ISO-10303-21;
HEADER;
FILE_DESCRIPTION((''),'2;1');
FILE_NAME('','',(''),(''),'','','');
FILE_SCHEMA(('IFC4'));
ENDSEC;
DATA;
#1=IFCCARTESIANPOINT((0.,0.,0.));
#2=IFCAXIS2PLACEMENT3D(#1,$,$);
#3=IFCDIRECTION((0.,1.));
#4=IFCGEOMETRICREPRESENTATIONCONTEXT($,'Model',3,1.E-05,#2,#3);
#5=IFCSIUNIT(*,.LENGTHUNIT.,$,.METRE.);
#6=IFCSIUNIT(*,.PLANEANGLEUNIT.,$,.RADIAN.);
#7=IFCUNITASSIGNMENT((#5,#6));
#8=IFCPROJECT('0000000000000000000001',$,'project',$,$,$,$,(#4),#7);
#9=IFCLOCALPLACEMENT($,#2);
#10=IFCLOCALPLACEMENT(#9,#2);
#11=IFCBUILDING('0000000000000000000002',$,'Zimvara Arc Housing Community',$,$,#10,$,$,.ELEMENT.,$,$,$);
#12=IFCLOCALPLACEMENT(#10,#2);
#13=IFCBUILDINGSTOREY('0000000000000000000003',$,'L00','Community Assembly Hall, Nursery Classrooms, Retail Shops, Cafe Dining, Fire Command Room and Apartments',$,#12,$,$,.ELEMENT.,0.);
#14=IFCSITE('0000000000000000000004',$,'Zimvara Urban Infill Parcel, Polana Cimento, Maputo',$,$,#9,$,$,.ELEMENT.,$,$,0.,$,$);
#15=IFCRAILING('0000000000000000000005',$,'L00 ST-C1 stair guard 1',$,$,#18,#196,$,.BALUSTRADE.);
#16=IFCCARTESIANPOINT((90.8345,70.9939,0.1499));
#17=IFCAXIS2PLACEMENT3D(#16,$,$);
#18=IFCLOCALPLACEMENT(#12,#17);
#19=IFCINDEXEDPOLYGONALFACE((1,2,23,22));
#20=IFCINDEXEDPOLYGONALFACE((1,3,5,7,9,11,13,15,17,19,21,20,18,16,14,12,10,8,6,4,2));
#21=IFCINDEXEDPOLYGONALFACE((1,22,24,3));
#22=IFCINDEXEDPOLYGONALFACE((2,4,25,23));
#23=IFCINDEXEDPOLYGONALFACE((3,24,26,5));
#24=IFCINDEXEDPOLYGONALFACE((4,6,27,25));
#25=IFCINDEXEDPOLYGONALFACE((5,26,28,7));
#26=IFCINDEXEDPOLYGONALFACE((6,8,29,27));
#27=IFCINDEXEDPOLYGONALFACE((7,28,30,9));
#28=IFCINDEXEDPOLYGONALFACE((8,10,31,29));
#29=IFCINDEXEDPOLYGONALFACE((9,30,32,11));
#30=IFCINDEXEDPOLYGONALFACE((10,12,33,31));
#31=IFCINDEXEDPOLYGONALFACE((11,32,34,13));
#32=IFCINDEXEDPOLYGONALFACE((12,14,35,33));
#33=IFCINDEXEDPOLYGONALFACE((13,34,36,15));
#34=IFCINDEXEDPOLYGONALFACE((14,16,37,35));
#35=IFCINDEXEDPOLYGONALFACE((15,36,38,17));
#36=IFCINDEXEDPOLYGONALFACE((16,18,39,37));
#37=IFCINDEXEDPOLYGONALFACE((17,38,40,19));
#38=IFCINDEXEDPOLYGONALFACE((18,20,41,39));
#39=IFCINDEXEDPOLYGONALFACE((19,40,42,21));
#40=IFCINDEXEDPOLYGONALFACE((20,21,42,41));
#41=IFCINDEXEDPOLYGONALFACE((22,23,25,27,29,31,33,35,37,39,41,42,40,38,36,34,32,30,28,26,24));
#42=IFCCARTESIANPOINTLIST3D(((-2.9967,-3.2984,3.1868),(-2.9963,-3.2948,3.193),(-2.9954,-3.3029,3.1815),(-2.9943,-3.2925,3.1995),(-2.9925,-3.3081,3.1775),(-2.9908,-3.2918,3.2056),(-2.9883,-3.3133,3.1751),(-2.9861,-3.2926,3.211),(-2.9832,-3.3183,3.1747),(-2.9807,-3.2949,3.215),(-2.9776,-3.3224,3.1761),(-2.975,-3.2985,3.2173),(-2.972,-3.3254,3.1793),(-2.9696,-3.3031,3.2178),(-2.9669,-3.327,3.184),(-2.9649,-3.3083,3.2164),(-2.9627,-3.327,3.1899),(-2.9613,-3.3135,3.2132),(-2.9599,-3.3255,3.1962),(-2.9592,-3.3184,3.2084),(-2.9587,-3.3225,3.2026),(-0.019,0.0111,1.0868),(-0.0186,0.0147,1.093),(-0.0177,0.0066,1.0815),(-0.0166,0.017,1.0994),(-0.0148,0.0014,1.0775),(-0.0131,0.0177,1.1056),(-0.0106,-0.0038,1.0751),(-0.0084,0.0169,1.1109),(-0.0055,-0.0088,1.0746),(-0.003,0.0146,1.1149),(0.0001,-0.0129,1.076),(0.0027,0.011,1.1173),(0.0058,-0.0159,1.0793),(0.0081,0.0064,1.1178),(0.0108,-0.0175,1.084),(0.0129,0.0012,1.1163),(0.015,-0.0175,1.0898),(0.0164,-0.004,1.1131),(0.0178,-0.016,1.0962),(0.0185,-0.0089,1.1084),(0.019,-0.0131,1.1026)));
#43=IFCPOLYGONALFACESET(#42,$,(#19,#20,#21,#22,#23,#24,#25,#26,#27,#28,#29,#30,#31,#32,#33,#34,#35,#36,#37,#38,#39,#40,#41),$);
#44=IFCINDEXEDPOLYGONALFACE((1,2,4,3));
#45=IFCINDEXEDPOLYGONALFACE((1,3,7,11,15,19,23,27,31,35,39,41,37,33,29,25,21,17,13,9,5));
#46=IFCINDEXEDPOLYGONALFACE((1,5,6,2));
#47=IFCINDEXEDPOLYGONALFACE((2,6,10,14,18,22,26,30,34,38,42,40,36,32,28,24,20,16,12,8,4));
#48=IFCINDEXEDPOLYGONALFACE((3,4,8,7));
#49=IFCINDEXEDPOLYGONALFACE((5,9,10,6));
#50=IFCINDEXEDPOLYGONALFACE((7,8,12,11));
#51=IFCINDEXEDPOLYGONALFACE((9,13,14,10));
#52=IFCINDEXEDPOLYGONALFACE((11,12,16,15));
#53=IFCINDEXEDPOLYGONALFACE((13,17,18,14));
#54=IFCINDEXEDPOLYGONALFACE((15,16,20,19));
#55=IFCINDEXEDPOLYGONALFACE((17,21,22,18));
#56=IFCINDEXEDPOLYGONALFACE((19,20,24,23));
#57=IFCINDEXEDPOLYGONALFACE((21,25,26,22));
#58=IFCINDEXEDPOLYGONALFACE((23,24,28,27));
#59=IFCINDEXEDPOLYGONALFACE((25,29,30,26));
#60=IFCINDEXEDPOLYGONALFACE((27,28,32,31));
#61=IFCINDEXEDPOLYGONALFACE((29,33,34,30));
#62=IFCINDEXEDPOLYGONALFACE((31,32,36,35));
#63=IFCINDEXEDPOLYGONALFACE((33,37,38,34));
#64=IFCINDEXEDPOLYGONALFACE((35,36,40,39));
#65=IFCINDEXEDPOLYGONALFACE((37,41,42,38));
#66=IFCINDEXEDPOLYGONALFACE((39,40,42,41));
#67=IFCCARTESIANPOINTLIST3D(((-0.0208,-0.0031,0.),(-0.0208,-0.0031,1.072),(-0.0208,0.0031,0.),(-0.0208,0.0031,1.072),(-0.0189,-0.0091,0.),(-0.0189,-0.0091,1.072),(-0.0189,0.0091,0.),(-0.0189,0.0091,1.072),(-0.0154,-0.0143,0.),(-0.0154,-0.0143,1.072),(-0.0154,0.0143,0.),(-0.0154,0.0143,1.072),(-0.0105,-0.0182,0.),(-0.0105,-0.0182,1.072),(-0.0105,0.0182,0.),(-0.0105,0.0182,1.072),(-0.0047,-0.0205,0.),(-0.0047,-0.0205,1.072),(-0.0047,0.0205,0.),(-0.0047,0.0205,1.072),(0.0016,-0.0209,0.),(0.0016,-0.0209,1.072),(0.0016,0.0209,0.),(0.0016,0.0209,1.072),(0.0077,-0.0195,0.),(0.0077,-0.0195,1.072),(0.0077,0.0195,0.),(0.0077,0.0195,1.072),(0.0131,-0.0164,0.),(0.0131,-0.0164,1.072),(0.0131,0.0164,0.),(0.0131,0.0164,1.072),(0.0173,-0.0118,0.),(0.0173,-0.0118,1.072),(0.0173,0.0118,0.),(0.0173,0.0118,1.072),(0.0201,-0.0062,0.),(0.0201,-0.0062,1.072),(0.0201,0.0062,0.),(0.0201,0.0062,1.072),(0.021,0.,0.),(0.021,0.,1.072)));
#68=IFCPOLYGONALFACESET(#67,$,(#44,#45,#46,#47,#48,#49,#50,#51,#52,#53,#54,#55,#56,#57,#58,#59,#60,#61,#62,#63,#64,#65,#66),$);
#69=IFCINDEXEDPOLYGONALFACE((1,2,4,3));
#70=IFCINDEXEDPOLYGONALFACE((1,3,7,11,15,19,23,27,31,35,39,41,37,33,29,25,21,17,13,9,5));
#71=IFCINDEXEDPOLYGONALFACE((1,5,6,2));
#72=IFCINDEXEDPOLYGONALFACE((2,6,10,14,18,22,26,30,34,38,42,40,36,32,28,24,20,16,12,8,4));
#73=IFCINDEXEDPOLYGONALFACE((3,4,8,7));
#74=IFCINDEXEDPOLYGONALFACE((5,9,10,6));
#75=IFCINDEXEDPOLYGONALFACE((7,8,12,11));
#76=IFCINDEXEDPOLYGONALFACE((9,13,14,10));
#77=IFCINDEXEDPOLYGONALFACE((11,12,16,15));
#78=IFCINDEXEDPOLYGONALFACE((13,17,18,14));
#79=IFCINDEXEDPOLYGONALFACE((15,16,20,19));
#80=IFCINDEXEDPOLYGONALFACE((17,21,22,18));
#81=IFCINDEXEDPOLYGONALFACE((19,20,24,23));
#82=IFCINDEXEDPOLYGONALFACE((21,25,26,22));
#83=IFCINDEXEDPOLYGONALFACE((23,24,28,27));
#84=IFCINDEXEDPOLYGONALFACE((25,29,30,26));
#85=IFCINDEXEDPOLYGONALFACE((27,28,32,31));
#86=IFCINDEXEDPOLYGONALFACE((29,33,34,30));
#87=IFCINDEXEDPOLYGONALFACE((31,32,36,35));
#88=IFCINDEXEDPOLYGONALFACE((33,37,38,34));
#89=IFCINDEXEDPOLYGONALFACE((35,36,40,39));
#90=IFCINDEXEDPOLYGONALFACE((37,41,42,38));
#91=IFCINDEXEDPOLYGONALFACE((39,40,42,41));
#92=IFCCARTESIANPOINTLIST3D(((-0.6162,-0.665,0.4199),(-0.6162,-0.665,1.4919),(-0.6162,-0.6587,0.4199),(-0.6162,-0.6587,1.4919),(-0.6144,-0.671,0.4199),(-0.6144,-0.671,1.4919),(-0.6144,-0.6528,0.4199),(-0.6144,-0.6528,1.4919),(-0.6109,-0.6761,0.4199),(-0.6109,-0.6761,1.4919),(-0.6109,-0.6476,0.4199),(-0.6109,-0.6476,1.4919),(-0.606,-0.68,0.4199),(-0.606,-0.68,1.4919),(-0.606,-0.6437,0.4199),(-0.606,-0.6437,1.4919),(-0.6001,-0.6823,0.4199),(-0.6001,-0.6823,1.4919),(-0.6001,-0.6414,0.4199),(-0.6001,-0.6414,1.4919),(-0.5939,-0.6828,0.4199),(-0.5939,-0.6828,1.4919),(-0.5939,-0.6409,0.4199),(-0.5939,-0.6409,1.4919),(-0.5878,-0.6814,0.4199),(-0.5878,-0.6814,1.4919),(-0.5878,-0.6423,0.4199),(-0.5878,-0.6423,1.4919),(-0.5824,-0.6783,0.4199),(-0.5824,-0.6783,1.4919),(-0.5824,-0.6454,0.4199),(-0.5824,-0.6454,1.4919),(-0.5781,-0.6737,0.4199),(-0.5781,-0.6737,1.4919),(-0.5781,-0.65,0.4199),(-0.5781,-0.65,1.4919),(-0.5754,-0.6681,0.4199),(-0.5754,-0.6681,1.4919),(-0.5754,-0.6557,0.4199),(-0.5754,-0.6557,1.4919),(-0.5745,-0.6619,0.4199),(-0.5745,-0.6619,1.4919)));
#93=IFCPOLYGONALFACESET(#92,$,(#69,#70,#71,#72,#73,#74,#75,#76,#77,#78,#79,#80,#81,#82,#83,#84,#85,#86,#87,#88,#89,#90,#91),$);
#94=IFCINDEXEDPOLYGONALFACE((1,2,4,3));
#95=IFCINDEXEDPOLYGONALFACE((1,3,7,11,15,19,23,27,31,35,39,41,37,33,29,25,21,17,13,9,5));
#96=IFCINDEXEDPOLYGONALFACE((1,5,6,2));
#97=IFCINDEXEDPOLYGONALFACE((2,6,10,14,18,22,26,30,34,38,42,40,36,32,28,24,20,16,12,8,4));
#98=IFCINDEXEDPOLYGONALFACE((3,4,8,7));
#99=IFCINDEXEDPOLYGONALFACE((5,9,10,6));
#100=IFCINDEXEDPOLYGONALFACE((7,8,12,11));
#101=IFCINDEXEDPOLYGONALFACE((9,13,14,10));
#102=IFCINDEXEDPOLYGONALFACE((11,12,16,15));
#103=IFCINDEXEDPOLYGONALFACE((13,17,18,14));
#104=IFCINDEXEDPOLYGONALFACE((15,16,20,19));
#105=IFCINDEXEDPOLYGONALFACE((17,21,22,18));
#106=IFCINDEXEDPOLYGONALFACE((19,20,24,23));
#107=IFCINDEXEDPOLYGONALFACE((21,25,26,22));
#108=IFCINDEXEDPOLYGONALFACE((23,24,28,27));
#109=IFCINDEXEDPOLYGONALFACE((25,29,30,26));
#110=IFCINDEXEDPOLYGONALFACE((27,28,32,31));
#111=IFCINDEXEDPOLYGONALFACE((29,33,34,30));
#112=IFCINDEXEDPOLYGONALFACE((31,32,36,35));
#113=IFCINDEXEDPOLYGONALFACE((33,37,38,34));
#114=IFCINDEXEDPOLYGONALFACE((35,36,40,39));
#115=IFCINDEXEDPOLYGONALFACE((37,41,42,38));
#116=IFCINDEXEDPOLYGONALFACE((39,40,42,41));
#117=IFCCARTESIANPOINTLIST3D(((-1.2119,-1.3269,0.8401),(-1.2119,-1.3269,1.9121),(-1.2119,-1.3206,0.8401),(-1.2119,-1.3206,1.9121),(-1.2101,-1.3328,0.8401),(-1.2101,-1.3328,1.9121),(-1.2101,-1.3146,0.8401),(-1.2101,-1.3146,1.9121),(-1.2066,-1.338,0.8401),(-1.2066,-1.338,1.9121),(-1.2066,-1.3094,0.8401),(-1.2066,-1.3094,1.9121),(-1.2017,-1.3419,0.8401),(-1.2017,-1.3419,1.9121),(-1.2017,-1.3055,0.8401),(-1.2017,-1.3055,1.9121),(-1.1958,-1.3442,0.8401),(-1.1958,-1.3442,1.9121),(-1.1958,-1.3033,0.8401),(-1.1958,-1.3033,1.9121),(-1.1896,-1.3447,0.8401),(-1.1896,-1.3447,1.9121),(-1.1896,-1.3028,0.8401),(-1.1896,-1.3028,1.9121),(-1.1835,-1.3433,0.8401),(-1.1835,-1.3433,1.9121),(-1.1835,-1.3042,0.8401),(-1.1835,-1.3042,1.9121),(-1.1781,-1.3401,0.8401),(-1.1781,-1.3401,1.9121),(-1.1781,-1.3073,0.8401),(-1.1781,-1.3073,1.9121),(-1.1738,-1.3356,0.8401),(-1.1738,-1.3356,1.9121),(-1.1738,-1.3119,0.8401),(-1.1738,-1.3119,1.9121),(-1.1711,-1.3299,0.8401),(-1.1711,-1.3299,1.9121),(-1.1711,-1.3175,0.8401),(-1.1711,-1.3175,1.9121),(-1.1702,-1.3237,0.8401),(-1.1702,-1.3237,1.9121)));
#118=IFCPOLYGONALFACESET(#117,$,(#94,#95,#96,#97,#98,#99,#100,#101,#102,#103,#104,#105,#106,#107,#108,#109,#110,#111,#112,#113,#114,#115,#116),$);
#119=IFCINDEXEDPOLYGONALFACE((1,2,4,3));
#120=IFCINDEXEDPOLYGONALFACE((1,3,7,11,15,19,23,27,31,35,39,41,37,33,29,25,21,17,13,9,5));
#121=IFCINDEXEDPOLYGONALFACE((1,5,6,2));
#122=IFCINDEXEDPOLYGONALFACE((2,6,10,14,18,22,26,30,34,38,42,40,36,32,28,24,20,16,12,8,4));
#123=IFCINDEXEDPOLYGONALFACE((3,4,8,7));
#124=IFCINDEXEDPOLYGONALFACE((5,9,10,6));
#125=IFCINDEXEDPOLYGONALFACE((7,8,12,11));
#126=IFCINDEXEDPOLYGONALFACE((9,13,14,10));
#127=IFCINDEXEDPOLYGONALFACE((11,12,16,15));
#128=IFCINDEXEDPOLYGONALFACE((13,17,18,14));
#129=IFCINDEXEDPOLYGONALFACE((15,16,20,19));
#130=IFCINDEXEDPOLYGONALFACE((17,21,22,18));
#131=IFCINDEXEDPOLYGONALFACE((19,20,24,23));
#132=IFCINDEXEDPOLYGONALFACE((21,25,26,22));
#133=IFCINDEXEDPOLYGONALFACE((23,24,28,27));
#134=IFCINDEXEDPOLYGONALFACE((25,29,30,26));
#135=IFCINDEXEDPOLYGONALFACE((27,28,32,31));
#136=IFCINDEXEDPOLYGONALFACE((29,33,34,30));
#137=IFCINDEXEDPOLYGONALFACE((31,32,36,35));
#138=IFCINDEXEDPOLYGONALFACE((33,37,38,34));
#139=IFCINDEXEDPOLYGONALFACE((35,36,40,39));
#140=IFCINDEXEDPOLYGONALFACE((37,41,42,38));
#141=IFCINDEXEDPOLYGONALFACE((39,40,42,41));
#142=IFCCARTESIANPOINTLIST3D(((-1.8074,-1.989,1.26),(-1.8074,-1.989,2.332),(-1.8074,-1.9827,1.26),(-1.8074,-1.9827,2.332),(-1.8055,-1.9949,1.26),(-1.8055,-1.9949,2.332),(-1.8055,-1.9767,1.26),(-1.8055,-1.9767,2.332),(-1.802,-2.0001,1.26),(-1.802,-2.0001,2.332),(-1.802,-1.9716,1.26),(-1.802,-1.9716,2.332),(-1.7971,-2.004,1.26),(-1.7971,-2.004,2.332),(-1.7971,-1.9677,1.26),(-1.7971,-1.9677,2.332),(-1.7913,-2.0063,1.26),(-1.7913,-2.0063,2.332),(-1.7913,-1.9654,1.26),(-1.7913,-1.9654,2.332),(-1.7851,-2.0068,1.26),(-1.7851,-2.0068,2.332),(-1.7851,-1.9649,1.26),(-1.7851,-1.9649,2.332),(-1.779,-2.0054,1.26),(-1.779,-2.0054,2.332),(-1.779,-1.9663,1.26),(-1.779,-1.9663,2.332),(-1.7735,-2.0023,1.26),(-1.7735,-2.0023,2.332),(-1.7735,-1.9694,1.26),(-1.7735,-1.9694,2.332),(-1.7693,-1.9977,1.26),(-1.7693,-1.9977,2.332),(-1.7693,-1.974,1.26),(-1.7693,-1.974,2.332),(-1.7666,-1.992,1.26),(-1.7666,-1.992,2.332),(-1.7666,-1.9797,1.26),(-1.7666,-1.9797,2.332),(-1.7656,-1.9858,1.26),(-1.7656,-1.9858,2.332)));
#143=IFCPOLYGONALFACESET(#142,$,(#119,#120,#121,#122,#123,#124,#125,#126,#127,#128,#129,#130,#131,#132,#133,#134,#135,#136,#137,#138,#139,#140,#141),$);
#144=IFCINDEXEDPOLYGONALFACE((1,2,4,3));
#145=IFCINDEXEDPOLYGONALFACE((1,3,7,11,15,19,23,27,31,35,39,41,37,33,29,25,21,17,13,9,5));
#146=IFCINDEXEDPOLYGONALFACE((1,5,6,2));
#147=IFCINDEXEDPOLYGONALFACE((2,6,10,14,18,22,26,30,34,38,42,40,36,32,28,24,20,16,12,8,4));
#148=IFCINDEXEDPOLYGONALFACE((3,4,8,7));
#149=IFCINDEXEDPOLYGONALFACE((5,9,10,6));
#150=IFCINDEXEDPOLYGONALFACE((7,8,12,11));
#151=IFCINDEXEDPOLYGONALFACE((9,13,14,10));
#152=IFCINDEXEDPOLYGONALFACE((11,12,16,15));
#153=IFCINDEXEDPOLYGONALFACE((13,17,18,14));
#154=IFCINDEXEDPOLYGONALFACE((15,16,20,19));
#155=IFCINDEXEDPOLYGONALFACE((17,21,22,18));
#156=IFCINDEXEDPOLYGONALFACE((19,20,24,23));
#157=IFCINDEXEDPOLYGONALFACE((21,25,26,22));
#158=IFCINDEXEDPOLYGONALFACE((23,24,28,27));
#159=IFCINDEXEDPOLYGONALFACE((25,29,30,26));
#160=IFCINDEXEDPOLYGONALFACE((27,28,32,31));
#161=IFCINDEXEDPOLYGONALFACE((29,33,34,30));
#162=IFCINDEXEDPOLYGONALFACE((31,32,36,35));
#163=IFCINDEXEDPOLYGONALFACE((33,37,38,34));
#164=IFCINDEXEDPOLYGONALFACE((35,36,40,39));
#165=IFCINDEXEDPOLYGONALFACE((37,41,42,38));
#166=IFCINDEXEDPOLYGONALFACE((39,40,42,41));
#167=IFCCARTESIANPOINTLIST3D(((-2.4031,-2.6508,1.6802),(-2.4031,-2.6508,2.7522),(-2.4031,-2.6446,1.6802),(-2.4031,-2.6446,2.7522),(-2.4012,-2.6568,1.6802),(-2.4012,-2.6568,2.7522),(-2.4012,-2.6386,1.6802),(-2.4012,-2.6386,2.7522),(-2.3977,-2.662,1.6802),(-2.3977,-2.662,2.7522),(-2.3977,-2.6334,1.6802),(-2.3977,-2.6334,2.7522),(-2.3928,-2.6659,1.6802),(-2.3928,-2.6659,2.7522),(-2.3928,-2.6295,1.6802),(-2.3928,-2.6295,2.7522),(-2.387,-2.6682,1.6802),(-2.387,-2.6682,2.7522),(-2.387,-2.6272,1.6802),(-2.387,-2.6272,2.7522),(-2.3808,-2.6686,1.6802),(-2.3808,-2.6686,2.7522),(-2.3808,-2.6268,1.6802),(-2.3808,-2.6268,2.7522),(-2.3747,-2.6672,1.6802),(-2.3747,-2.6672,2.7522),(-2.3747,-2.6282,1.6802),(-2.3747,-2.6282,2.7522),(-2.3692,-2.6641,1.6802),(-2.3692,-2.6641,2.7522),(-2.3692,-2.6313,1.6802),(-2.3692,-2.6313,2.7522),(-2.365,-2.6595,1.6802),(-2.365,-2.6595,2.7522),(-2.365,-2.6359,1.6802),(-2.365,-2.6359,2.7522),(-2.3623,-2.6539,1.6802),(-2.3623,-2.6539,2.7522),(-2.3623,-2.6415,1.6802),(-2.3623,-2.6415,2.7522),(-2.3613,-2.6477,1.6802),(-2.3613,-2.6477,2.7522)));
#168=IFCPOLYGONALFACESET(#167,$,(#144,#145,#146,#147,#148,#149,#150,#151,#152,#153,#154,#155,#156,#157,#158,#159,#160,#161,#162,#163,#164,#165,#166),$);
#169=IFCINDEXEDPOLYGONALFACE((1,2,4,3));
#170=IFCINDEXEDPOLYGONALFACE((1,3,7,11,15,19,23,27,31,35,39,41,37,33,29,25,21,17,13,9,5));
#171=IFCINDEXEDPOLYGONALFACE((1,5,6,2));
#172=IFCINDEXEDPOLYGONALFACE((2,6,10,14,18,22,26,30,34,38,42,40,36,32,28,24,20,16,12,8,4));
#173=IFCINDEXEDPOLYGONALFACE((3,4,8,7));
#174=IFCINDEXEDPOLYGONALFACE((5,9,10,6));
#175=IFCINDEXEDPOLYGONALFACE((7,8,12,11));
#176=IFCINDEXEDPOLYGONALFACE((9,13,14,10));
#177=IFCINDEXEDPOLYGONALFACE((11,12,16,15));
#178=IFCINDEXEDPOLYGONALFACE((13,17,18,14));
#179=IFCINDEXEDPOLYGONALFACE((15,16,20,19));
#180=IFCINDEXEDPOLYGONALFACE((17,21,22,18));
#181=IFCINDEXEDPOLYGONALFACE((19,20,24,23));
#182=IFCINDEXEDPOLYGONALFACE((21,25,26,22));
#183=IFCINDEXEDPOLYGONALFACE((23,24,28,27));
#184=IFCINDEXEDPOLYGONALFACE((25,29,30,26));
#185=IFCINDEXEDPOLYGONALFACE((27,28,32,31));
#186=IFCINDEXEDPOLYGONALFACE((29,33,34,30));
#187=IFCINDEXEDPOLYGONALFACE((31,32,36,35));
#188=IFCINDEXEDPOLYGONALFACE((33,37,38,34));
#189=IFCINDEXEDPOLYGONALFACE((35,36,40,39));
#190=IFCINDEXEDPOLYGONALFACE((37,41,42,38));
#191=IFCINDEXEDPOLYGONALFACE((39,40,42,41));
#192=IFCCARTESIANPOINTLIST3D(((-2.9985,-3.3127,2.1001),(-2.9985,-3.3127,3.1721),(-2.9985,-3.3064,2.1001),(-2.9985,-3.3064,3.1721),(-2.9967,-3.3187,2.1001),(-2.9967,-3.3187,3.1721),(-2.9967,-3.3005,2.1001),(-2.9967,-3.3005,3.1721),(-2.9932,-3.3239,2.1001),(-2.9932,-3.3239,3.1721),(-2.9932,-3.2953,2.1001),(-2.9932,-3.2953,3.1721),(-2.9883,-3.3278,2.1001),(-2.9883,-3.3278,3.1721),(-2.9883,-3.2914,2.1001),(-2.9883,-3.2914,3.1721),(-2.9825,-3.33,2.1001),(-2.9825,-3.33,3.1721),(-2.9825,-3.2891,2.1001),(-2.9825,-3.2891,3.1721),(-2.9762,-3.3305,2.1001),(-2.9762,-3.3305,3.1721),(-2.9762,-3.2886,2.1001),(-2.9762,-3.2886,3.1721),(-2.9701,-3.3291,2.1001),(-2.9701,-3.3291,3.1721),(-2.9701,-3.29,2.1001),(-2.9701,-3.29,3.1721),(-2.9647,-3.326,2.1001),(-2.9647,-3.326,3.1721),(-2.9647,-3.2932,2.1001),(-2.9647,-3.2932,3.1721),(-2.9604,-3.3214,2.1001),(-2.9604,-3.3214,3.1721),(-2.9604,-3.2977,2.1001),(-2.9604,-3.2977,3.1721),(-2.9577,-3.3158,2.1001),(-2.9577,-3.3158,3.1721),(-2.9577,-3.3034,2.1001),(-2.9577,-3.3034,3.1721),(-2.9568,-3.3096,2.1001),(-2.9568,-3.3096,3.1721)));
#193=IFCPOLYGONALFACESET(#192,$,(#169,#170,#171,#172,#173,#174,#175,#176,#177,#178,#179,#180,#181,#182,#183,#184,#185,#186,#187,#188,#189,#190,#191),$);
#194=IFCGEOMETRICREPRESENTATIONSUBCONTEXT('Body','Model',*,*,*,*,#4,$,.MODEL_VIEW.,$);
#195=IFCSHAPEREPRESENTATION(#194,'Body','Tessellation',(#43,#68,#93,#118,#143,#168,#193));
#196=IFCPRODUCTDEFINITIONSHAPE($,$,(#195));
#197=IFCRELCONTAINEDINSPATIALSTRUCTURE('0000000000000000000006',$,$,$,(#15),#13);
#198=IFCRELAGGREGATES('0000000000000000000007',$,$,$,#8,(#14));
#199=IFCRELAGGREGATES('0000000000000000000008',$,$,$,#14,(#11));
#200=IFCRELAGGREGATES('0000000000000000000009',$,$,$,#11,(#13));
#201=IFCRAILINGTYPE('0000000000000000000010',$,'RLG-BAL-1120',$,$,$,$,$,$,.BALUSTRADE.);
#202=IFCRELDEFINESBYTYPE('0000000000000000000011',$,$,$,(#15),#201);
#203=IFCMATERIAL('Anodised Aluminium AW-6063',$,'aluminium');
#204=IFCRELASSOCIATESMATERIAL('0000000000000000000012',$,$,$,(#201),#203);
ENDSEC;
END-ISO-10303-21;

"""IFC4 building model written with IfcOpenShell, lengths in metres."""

from ifc_helpers import new_model, si_unit, direction, frame, origin, origin_2d, place, context, subcontext, project, spatial, circle, extrude, material, type_object, element, save


model = new_model("IFC4")

# Units and contexts
model_context = context("Model", 3, precision=1e-05, world=origin(), true_north=direction((0.0, 1.0)))
body_context = subcontext(model_context, "Body", "Model", "MODEL_VIEW")
ifc_project = project(units=[si_unit("LENGTHUNIT", "METRE"), si_unit("PLANEANGLEUNIT", "RADIAN")], contexts=[model_context])

# Site, building, storey
site_placement = place(None, origin())
site = spatial("IfcSite", under=ifc_project, at=site_placement, Name="Zimvara Urban Infill Parcel, Polana Cimento, Maputo", CompositionType="ELEMENT", RefElevation=0.0)
building_placement = place(site_placement, origin())
building = spatial("IfcBuilding", under=site, at=building_placement, Name="Zimvara Arc Housing Community", CompositionType="ELEMENT")
storey_placement = place(building_placement, origin())
storey = spatial("IfcBuildingStorey", under=building, at=storey_placement, Name="L00", Description="Community Assembly Hall, Nursery Classrooms, Retail Shops, Cafe Dining, Fire Command Room and Apartments", CompositionType="ELEMENT", Elevation=0.0)

# Railing
ifc_material_1 = material(Name="Anodised Aluminium AW-6063", Category="aluminium")
railing_type_1 = type_object("IfcRailingType", Name="RLG-BAL-1120", PredefinedType="BALUSTRADE", material=ifc_material_1)
railing_1_placement = place(storey_placement, frame((90.8345, 70.9939, 0.1499)))
element("IfcRailing", 1, at=railing_1_placement, inside=storey, type_object=railing_type_1, Name="L00 ST-C1 stair guard 1", PredefinedType="BALUSTRADE", context=body_context, shape_type="SweptSolid", body=[
    extrude(circle(Radius=0.0239, at=origin_2d()), frame((0.0, 0.0, 1.0962), z_axis=(-0.604935, -0.672337, 0.426634), x_axis=(0.743387, -0.668862, 0.0)), (0.0, 0.0, 1.0), 4.9224),
    extrude(circle(Radius=0.021, at=origin_2d()), origin(), (0.0, 0.0, 1.0), 1.072),
    extrude(circle(Radius=0.021, at=origin_2d()), frame((-0.5955, -0.6619, 0.4199)), (0.0, 0.0, 1.0), 1.072),
    extrude(circle(Radius=0.021, at=origin_2d()), frame((-1.1912, -1.3237, 0.8401)), (0.0, 0.0, 1.0), 1.072),
    extrude(circle(Radius=0.021, at=origin_2d()), frame((-1.7866, -1.9858, 1.26)), (0.0, 0.0, 1.0), 1.072),
    extrude(circle(Radius=0.021, at=origin_2d()), frame((-2.3823, -2.6477, 1.6802)), (0.0, 0.0, 1.0), 1.072),
    extrude(circle(Radius=0.021, at=origin_2d()), frame((-2.9778, -3.3096, 2.1001)), (0.0, 0.0, 1.0), 1.072),
])

save(model, "model.ifc")
